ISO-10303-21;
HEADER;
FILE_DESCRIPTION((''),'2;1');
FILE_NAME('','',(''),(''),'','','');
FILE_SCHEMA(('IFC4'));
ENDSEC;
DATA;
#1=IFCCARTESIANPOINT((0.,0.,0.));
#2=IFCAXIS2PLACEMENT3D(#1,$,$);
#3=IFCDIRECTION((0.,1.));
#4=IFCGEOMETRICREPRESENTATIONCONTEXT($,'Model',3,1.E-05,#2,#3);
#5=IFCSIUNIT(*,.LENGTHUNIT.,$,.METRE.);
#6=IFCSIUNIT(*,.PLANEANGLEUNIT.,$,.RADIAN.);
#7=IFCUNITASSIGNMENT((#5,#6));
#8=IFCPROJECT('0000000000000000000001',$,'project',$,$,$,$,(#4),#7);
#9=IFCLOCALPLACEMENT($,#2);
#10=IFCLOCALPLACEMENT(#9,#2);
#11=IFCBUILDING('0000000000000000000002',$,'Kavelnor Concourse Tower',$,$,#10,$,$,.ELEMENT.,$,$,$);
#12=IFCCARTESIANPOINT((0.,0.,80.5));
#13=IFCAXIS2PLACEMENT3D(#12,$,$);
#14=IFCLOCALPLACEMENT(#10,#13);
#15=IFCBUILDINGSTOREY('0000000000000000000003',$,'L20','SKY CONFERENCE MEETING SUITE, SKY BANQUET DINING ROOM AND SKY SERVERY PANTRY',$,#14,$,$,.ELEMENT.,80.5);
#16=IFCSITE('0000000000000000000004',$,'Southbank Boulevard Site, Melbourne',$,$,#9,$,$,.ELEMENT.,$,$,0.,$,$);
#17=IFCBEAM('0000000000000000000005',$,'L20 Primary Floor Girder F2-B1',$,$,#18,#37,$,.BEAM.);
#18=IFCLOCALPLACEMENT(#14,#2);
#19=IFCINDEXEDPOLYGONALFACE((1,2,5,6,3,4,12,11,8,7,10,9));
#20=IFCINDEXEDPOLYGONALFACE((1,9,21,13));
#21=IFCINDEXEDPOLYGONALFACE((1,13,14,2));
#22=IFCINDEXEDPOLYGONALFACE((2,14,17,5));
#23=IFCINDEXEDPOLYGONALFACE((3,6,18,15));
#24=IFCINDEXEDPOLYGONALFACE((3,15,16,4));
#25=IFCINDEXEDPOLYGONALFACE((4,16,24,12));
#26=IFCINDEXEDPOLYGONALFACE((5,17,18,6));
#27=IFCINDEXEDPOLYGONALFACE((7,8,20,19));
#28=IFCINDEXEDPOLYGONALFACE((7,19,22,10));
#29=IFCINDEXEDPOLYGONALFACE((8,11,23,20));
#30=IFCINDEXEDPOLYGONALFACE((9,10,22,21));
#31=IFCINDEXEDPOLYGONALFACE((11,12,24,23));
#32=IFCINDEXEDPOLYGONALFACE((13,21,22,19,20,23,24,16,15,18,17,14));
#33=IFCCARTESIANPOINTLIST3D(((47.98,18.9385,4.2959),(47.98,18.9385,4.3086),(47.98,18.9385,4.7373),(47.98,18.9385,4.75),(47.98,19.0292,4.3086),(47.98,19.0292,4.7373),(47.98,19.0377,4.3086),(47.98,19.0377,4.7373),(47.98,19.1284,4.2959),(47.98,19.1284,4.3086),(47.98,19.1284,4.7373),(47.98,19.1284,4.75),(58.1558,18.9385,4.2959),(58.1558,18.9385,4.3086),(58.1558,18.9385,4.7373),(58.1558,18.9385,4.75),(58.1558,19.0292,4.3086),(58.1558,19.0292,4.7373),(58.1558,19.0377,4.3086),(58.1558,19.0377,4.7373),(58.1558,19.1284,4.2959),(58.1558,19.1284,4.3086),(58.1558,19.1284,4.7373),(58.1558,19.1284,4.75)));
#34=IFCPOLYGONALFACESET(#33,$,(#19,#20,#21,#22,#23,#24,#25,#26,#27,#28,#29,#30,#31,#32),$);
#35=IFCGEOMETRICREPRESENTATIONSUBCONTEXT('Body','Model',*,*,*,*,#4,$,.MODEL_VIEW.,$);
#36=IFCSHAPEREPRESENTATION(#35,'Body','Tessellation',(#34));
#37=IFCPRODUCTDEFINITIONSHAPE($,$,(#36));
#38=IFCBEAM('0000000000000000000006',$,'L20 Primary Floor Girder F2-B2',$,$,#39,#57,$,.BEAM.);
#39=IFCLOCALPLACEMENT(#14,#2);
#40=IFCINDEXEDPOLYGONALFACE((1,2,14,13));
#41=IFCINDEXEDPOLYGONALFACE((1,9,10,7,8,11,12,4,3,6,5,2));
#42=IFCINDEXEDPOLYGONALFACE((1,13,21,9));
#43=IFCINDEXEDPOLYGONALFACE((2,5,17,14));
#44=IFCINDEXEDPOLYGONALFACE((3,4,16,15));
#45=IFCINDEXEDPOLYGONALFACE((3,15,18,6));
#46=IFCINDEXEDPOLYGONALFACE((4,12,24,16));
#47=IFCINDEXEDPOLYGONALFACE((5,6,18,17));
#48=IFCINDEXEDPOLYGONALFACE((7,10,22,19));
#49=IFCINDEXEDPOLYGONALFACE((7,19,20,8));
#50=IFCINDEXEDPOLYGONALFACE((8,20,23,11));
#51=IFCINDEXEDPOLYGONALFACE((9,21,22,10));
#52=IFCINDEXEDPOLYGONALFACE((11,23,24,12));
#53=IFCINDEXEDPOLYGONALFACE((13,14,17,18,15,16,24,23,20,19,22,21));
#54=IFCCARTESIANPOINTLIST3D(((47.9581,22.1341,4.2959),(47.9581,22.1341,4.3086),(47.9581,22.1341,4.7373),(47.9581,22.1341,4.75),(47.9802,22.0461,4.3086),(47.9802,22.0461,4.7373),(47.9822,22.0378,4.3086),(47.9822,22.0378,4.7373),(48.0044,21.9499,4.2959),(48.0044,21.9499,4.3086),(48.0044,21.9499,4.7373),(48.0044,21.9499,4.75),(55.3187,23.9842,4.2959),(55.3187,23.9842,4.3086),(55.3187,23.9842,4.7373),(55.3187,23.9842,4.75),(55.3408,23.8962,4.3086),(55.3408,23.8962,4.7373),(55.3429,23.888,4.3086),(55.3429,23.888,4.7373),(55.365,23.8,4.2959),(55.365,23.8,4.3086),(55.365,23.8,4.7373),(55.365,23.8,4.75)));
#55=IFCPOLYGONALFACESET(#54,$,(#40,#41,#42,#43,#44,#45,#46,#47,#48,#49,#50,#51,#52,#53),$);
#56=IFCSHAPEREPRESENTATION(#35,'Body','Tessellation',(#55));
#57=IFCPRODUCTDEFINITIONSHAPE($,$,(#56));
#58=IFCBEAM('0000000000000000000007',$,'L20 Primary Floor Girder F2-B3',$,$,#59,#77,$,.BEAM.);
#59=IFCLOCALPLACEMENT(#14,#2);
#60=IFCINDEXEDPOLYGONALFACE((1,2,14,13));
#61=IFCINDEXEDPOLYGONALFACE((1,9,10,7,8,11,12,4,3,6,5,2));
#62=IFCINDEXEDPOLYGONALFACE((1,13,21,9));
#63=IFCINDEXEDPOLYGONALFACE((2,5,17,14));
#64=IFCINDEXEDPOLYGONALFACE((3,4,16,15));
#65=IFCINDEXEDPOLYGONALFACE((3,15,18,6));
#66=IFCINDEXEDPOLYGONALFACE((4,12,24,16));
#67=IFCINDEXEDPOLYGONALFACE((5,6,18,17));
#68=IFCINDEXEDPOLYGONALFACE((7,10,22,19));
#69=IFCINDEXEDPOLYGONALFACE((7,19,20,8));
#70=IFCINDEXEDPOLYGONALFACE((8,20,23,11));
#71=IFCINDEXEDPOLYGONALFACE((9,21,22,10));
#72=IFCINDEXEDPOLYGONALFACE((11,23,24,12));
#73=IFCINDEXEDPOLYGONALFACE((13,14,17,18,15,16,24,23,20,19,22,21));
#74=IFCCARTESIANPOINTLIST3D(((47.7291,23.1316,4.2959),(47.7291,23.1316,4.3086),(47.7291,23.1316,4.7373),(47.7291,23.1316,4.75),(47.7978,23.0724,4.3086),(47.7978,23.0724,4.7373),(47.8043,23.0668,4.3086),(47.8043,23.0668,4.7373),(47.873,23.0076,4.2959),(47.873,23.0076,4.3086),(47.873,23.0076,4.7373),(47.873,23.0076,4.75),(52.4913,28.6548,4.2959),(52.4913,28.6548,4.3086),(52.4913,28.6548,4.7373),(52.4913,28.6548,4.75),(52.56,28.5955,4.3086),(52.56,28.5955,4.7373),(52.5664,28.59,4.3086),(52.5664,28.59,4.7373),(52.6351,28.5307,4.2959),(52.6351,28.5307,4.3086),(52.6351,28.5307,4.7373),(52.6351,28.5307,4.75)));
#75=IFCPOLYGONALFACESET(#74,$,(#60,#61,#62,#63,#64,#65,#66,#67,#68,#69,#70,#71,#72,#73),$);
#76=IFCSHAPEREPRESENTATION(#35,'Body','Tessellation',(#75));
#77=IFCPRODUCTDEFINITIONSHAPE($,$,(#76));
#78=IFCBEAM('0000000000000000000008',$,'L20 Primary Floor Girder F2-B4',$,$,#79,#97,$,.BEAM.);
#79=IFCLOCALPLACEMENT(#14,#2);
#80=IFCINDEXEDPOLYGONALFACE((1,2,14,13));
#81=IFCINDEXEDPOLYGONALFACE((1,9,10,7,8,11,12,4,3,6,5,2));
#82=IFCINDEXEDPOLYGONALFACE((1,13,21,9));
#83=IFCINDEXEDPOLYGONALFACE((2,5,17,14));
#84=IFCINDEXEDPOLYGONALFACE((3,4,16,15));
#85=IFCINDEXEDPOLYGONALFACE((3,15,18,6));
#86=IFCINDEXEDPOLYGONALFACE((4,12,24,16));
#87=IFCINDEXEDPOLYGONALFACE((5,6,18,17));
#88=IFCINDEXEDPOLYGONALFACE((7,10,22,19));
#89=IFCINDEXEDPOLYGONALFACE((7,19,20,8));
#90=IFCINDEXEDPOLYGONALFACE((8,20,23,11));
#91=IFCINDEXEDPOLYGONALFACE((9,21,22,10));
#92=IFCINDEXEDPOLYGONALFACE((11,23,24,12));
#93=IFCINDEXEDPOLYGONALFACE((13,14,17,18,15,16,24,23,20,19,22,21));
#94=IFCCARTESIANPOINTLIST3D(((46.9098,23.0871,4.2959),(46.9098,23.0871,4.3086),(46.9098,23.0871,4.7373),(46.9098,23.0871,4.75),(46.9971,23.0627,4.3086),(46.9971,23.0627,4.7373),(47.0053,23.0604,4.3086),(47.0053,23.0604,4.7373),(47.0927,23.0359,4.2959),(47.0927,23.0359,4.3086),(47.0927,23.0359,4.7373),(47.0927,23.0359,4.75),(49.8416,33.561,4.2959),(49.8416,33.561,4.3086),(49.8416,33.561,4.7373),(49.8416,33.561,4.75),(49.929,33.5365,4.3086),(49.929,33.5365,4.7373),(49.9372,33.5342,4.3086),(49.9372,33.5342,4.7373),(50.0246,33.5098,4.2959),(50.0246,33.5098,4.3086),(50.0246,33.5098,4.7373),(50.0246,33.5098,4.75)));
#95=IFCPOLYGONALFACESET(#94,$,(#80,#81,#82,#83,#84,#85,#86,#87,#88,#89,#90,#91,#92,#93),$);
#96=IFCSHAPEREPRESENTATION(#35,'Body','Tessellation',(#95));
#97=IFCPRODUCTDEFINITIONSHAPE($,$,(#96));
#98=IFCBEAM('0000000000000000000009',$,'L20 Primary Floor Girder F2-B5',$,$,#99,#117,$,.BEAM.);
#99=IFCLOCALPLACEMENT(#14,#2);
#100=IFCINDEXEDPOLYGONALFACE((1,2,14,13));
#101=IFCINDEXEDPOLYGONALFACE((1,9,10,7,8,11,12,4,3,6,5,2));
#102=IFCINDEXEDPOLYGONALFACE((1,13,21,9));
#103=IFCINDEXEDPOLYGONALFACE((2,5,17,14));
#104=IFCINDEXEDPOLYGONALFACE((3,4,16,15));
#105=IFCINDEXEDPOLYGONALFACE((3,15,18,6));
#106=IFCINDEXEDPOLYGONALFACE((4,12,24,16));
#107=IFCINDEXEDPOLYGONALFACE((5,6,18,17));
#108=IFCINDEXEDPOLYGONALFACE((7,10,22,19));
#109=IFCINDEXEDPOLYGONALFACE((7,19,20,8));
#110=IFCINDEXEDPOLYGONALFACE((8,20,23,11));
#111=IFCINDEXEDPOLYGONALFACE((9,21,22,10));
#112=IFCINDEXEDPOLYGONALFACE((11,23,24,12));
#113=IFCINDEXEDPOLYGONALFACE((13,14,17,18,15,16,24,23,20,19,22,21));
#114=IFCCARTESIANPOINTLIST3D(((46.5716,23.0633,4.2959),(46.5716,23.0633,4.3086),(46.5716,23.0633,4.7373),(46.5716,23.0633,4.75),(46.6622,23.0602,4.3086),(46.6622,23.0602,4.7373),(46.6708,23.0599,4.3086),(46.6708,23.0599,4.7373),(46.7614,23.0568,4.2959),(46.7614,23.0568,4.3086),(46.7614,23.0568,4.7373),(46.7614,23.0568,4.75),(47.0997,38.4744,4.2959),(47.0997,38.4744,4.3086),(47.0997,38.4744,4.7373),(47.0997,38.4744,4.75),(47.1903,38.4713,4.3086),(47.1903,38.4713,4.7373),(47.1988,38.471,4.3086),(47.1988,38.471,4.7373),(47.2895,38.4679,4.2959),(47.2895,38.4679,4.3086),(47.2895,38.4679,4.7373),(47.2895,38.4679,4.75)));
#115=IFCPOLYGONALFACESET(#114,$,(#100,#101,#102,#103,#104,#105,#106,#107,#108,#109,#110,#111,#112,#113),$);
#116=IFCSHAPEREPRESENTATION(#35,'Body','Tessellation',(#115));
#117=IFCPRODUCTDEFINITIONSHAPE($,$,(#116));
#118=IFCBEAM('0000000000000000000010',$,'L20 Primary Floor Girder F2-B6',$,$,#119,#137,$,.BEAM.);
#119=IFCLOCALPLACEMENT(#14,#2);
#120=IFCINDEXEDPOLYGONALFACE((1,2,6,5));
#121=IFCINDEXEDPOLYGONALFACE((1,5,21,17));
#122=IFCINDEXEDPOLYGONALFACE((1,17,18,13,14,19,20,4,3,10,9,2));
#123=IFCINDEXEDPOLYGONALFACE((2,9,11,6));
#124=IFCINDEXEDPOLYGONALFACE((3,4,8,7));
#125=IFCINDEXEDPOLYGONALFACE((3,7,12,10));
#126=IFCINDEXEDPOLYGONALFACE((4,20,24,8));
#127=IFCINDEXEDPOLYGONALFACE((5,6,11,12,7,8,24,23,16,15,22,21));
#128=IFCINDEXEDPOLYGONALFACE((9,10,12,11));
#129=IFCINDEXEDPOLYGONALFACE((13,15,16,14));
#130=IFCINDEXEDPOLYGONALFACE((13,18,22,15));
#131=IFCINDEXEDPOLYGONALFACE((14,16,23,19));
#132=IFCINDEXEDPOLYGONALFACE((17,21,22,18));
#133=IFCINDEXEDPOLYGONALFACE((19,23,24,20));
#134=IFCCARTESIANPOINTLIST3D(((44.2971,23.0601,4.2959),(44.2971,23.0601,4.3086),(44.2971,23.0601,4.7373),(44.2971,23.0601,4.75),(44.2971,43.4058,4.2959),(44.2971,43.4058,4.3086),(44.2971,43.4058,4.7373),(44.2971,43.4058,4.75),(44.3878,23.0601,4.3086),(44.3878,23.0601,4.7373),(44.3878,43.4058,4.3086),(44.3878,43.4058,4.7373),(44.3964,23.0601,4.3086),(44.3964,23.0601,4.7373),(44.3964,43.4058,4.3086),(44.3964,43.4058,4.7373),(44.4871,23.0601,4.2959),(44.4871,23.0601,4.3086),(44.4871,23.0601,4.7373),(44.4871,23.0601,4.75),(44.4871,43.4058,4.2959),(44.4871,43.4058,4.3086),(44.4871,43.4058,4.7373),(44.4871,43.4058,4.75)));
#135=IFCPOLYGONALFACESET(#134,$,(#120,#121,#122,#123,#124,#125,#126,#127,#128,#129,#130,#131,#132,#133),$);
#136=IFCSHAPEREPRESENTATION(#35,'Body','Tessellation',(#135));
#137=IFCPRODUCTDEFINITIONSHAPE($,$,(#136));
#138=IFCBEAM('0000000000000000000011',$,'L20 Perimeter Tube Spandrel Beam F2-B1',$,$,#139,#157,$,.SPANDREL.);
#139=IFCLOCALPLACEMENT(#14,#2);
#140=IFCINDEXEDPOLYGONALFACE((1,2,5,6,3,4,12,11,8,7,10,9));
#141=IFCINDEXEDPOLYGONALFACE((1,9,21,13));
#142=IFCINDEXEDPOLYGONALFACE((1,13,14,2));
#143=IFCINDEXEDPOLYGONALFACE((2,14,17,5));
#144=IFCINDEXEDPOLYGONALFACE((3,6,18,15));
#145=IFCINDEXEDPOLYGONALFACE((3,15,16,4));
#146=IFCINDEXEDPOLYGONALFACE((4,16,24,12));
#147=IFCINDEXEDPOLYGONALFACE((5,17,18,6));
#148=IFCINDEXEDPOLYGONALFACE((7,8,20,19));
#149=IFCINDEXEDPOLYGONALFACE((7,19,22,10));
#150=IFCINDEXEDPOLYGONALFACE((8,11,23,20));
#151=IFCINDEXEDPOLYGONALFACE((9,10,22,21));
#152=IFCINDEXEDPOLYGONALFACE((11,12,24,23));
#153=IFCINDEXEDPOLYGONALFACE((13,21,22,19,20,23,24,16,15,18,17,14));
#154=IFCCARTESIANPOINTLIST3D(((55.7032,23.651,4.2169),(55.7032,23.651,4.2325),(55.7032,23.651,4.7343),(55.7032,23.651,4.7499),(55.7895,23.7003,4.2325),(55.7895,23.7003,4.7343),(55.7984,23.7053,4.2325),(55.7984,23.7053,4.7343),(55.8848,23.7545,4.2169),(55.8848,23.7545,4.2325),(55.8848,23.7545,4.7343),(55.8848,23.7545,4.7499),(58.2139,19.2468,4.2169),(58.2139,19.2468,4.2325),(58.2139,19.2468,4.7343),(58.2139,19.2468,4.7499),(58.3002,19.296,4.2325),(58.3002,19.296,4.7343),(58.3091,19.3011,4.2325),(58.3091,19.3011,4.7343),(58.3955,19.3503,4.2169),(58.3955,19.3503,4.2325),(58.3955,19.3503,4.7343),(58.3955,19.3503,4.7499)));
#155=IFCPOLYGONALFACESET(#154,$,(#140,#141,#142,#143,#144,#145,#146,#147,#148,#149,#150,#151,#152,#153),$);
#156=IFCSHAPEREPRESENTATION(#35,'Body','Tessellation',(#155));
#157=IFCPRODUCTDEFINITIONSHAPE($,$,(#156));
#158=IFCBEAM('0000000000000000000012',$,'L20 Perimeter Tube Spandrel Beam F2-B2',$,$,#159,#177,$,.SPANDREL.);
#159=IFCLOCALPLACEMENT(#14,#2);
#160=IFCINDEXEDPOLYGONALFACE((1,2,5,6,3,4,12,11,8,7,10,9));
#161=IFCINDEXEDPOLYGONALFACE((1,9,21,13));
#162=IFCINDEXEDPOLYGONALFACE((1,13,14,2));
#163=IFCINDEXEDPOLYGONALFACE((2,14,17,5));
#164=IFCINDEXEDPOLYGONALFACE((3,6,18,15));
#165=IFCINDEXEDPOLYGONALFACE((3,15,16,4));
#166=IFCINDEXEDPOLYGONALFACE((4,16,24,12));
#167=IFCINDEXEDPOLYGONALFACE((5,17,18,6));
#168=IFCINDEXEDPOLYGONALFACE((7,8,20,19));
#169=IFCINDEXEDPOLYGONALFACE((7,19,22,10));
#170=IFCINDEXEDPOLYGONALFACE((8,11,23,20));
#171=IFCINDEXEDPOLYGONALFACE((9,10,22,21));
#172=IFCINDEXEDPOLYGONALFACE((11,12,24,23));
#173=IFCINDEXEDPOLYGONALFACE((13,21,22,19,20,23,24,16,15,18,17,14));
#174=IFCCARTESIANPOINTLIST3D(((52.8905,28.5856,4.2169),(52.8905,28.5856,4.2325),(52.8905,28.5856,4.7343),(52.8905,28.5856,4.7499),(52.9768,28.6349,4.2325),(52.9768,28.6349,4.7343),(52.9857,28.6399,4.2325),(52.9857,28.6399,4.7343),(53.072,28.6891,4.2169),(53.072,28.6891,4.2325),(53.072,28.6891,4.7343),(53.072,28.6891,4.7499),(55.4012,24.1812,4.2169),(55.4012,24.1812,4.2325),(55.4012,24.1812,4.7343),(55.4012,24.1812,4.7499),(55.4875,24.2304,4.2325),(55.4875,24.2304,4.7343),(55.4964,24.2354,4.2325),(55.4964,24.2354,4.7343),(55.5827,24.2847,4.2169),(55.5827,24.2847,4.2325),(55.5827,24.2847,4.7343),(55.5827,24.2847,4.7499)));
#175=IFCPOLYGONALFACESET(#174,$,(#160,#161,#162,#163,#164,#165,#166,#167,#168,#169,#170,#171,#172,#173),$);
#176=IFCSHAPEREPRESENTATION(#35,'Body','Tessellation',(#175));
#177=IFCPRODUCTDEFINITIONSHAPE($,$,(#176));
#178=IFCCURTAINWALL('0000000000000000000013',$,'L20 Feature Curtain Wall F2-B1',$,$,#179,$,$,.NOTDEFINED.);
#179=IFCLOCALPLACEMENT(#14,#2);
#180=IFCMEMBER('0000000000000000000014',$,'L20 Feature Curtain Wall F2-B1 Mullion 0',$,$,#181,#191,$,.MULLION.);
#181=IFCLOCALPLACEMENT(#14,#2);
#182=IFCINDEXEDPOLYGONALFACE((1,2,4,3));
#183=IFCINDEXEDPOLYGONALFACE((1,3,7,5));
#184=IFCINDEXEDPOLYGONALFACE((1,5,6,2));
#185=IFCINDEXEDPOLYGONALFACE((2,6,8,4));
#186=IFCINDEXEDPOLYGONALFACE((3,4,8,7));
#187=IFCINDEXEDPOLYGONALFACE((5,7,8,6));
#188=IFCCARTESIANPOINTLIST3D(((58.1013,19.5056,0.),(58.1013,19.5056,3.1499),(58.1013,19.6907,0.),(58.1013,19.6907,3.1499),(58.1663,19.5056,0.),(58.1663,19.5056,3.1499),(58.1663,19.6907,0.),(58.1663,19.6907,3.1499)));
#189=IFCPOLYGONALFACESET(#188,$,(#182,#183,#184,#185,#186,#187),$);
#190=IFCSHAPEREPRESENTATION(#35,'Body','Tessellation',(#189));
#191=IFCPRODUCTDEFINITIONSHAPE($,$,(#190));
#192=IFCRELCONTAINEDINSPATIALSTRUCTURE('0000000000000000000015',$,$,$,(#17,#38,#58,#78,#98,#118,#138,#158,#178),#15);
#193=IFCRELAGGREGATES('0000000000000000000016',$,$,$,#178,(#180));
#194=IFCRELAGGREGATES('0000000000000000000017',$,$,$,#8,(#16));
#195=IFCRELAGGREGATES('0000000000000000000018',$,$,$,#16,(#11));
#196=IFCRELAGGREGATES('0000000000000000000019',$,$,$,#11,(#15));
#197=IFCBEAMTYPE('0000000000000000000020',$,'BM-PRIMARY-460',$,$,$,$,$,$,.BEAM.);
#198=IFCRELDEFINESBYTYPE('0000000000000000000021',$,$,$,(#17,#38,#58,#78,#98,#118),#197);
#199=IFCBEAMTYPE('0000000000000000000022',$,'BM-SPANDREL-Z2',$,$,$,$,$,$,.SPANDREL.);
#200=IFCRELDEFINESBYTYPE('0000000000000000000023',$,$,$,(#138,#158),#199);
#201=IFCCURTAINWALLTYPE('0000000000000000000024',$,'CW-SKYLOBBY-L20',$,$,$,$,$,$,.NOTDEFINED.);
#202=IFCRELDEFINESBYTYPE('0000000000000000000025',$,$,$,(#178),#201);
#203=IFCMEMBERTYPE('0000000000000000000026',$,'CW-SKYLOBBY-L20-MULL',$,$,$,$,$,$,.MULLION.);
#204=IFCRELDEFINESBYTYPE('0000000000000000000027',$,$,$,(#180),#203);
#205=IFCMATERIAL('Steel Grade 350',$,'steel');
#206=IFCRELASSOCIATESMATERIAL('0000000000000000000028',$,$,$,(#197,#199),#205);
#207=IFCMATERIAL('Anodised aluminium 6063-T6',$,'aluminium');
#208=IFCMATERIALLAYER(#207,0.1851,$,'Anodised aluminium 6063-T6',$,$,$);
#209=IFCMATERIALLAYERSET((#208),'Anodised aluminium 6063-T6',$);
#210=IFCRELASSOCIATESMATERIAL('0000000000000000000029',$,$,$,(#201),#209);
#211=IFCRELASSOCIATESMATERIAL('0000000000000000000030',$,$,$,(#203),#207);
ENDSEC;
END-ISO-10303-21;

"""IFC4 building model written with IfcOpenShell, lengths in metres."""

from ifc_helpers import new_model, si_unit, direction, frame, origin, origin_2d, place, context, subcontext, project, spatial, rectangle, i_section, extrude, material, layer, layer_set, material_profile, profile_set, type_object, element, aggregate, save


model = new_model("IFC4")

# Units and contexts
model_context = context("Model", 3, precision=1e-05, world=origin(), true_north=direction((0.0, 1.0)))
body_context = subcontext(model_context, "Body", "Model", "MODEL_VIEW")
ifc_project = project(units=[si_unit("LENGTHUNIT", "METRE"), si_unit("PLANEANGLEUNIT", "RADIAN")], contexts=[model_context])

# Site, building, storey
site_placement = place(None, origin())
site = spatial("IfcSite", under=ifc_project, at=site_placement, Name="Southbank Boulevard Site, Melbourne", CompositionType="ELEMENT", RefElevation=0.0)
building_placement = place(site_placement, origin())
building = spatial("IfcBuilding", under=site, at=building_placement, Name="Kavelnor Concourse Tower", CompositionType="ELEMENT")
storey_placement = place(building_placement, frame((0.0, 0.0, 80.5)))
storey = spatial("IfcBuildingStorey", under=building, at=storey_placement, Name="L20", Description="SKY CONFERENCE MEETING SUITE, SKY BANQUET DINING ROOM AND SKY SERVERY PANTRY", CompositionType="ELEMENT", Elevation=80.5)

# Shared definitions
ifc_material_1 = material(Name="Steel Grade 350", Category="steel")

# Beams
ifc_material_profile_1 = material_profile(ifc_material_1, i_section(OverallWidth=0.1899, OverallDepth=0.4541, WebThickness=0.0085, FlangeThickness=0.0127, at=origin_2d()), Name="460UB67")
ifc_profile_set_1 = profile_set([ifc_material_profile_1], Name="Steel Grade 350")
beam_type_1 = type_object("IfcBeamType", Name="BM-PRIMARY-460", PredefinedType="BEAM", material=ifc_profile_set_1)
beam_1_placement = place(storey_placement, frame((47.98, 19.0334, 4.5229), z_axis=(1.0, 0.0, 0.0), x_axis=(0.0, 1.0, 0.0)))
element("IfcBeam", 1, at=beam_1_placement, inside=storey, type_object=beam_type_1, Name="L20 Primary Floor Girder F2-B1", PredefinedType="BEAM", context=body_context, shape_type="SweptSolid", body=[
    extrude(i_section(OverallWidth=0.1899, OverallDepth=0.4541, WebThickness=0.0085, FlangeThickness=0.0127, at=origin_2d()), origin(), (0.0, 0.0, 1.0), 10.1758),
])
beam_2_placement = place(storey_placement, frame((47.9812, 22.042, 4.5229), z_axis=(0.969833, 0.243769, 0.0), x_axis=(-0.243769, 0.969833, 0.0)))
element("IfcBeam", 2, at=beam_2_placement, inside=storey, type_object=beam_type_1, Name="L20 Primary Floor Girder F2-B2", PredefinedType="BEAM", context=body_context, shape_type="SweptSolid", body=[
    extrude(i_section(OverallWidth=0.1899, OverallDepth=0.4541, WebThickness=0.0085, FlangeThickness=0.0127, at=origin_2d()), origin(), (0.0, 0.0, 1.0), 7.5896),
])
beam_3_placement = place(storey_placement, frame((47.801, 23.0696, 4.5229), z_axis=(0.653005, 0.757353, 0.0), x_axis=(-0.757353, 0.653005, 0.0)))
element("IfcBeam", 3, at=beam_3_placement, inside=storey, type_object=beam_type_1, Name="L20 Primary Floor Girder F2-B3", PredefinedType="BEAM", context=body_context, shape_type="SweptSolid", body=[
    extrude(i_section(OverallWidth=0.1899, OverallDepth=0.4541, WebThickness=0.0085, FlangeThickness=0.0127, at=origin_2d()), origin(), (0.0, 0.0, 1.0), 7.2927),
])
beam_4_placement = place(storey_placement, frame((47.0012, 23.0615, 4.5229), z_axis=(0.269562, 0.962983, 0.0), x_axis=(-0.962983, 0.269562, 0.0)))
element("IfcBeam", 4, at=beam_4_placement, inside=storey, type_object=beam_type_1, Name="L20 Primary Floor Girder F2-B4", PredefinedType="BEAM", context=body_context, shape_type="SweptSolid", body=[
    extrude(i_section(OverallWidth=0.1899, OverallDepth=0.4541, WebThickness=0.0085, FlangeThickness=0.0127, at=origin_2d()), origin(), (0.0, 0.0, 1.0), 10.8765),
])
beam_5_placement = place(storey_placement, frame((46.6665, 23.0601, 4.5229), z_axis=(0.034246, 0.999413, 0.0), x_axis=(-0.999413, 0.034246, 0.0)))
element("IfcBeam", 5, at=beam_5_placement, inside=storey, type_object=beam_type_1, Name="L20 Primary Floor Girder F2-B5", PredefinedType="BEAM", context=body_context, shape_type="SweptSolid", body=[
    extrude(i_section(OverallWidth=0.1899, OverallDepth=0.4541, WebThickness=0.0085, FlangeThickness=0.0127, at=origin_2d()), origin(), (0.0, 0.0, 1.0), 15.4202),
])
beam_6_placement = place(storey_placement, frame((44.3921, 23.0601, 4.5229), z_axis=(0.0, 1.0, 0.0), x_axis=(-1.0, 0.0, 0.0)))
element("IfcBeam", 6, at=beam_6_placement, inside=storey, type_object=beam_type_1, Name="L20 Primary Floor Girder F2-B6", PredefinedType="BEAM", context=body_context, shape_type="SweptSolid", body=[
    extrude(i_section(OverallWidth=0.1899, OverallDepth=0.4541, WebThickness=0.0085, FlangeThickness=0.0127, at=origin_2d()), origin(), (0.0, 0.0, 1.0), 20.3457),
])
ifc_material_profile_2 = material_profile(ifc_material_1, i_section(OverallWidth=0.209, OverallDepth=0.533, WebThickness=0.0103, FlangeThickness=0.0156, at=origin_2d()), Name="530UB92")
ifc_profile_set_2 = profile_set([ifc_material_profile_2], Name="Steel Grade 350")
beam_type_2 = type_object("IfcBeamType", Name="BM-SPANDREL-Z2", PredefinedType="SPANDREL", material=ifc_profile_set_2)
beam_7_placement = place(storey_placement, frame((58.3047, 19.2986, 4.4834), z_axis=(-0.495247, 0.868752, 0.0), x_axis=(-0.868752, -0.495247, 0.0)))
element("IfcBeam", 7, at=beam_7_placement, inside=storey, type_object=beam_type_2, Name="L20 Perimeter Tube Spandrel Beam F2-B1", PredefinedType="SPANDREL", context=body_context, shape_type="SweptSolid", body=[
    extrude(i_section(OverallWidth=0.209, OverallDepth=0.533, WebThickness=0.0103, FlangeThickness=0.0156, at=origin_2d()), origin(), (0.0, 0.0, 1.0), 5.0696),
])
beam_8_placement = place(storey_placement, frame((55.4919, 24.2329, 4.4834), z_axis=(-0.495226, 0.868764, 0.0), x_axis=(-0.868764, -0.495226, 0.0)))
element("IfcBeam", 8, at=beam_8_placement, inside=storey, type_object=beam_type_2, Name="L20 Perimeter Tube Spandrel Beam F2-B2", PredefinedType="SPANDREL", context=body_context, shape_type="SweptSolid", body=[
    extrude(i_section(OverallWidth=0.209, OverallDepth=0.533, WebThickness=0.0103, FlangeThickness=0.0156, at=origin_2d()), origin(), (0.0, 0.0, 1.0), 5.0698),
])

# Curtain wall, member
ifc_material_2 = material(Name="Anodised aluminium 6063-T6", Category="aluminium")
ifc_layer_1 = layer(ifc_material_2, 0.1851, Name="Anodised aluminium 6063-T6")
ifc_layer_set_1 = layer_set([ifc_layer_1], Name="Anodised aluminium 6063-T6")
curtain_wall_type = type_object("IfcCurtainWallType", Name="CW-SKYLOBBY-L20", PredefinedType="NOTDEFINED", material=ifc_layer_set_1)
curtain_wall_placement = place(storey_placement, origin())
curtain_wall = element("IfcCurtainWall", 9, at=curtain_wall_placement, inside=storey, type_object=curtain_wall_type, Name="L20 Feature Curtain Wall F2-B1", PredefinedType="NOTDEFINED")
ifc_material_profile_3 = material_profile(ifc_material_2, rectangle(XDim=0.0649, YDim=0.1851, at=origin_2d()), Name="AL-MULL 65x185")
ifc_profile_set_3 = profile_set([ifc_material_profile_3], Name="Anodised aluminium 6063-T6")
member_type_1 = type_object("IfcMemberType", Name="CW-SKYLOBBY-L20-MULL", PredefinedType="MULLION", material=ifc_profile_set_3)
member_1_placement = place(storey_placement, frame((58.1338, 19.5981, 0.0), z_axis=(0.0, 0.0, 1.0), x_axis=(1.0, 0.0, 0.0)))
member_1 = element("IfcMember", 10, at=member_1_placement, type_object=member_type_1, Name="L20 Feature Curtain Wall F2-B1 Mullion 0", PredefinedType="MULLION", context=body_context, shape_type="SweptSolid", body=[
    extrude(rectangle(XDim=0.0649, YDim=0.1851, at=origin_2d()), origin(), (0.0, 0.0, 1.0), 3.1499),
])

aggregate(curtain_wall, [member_1])

save(model, "model.ifc")
